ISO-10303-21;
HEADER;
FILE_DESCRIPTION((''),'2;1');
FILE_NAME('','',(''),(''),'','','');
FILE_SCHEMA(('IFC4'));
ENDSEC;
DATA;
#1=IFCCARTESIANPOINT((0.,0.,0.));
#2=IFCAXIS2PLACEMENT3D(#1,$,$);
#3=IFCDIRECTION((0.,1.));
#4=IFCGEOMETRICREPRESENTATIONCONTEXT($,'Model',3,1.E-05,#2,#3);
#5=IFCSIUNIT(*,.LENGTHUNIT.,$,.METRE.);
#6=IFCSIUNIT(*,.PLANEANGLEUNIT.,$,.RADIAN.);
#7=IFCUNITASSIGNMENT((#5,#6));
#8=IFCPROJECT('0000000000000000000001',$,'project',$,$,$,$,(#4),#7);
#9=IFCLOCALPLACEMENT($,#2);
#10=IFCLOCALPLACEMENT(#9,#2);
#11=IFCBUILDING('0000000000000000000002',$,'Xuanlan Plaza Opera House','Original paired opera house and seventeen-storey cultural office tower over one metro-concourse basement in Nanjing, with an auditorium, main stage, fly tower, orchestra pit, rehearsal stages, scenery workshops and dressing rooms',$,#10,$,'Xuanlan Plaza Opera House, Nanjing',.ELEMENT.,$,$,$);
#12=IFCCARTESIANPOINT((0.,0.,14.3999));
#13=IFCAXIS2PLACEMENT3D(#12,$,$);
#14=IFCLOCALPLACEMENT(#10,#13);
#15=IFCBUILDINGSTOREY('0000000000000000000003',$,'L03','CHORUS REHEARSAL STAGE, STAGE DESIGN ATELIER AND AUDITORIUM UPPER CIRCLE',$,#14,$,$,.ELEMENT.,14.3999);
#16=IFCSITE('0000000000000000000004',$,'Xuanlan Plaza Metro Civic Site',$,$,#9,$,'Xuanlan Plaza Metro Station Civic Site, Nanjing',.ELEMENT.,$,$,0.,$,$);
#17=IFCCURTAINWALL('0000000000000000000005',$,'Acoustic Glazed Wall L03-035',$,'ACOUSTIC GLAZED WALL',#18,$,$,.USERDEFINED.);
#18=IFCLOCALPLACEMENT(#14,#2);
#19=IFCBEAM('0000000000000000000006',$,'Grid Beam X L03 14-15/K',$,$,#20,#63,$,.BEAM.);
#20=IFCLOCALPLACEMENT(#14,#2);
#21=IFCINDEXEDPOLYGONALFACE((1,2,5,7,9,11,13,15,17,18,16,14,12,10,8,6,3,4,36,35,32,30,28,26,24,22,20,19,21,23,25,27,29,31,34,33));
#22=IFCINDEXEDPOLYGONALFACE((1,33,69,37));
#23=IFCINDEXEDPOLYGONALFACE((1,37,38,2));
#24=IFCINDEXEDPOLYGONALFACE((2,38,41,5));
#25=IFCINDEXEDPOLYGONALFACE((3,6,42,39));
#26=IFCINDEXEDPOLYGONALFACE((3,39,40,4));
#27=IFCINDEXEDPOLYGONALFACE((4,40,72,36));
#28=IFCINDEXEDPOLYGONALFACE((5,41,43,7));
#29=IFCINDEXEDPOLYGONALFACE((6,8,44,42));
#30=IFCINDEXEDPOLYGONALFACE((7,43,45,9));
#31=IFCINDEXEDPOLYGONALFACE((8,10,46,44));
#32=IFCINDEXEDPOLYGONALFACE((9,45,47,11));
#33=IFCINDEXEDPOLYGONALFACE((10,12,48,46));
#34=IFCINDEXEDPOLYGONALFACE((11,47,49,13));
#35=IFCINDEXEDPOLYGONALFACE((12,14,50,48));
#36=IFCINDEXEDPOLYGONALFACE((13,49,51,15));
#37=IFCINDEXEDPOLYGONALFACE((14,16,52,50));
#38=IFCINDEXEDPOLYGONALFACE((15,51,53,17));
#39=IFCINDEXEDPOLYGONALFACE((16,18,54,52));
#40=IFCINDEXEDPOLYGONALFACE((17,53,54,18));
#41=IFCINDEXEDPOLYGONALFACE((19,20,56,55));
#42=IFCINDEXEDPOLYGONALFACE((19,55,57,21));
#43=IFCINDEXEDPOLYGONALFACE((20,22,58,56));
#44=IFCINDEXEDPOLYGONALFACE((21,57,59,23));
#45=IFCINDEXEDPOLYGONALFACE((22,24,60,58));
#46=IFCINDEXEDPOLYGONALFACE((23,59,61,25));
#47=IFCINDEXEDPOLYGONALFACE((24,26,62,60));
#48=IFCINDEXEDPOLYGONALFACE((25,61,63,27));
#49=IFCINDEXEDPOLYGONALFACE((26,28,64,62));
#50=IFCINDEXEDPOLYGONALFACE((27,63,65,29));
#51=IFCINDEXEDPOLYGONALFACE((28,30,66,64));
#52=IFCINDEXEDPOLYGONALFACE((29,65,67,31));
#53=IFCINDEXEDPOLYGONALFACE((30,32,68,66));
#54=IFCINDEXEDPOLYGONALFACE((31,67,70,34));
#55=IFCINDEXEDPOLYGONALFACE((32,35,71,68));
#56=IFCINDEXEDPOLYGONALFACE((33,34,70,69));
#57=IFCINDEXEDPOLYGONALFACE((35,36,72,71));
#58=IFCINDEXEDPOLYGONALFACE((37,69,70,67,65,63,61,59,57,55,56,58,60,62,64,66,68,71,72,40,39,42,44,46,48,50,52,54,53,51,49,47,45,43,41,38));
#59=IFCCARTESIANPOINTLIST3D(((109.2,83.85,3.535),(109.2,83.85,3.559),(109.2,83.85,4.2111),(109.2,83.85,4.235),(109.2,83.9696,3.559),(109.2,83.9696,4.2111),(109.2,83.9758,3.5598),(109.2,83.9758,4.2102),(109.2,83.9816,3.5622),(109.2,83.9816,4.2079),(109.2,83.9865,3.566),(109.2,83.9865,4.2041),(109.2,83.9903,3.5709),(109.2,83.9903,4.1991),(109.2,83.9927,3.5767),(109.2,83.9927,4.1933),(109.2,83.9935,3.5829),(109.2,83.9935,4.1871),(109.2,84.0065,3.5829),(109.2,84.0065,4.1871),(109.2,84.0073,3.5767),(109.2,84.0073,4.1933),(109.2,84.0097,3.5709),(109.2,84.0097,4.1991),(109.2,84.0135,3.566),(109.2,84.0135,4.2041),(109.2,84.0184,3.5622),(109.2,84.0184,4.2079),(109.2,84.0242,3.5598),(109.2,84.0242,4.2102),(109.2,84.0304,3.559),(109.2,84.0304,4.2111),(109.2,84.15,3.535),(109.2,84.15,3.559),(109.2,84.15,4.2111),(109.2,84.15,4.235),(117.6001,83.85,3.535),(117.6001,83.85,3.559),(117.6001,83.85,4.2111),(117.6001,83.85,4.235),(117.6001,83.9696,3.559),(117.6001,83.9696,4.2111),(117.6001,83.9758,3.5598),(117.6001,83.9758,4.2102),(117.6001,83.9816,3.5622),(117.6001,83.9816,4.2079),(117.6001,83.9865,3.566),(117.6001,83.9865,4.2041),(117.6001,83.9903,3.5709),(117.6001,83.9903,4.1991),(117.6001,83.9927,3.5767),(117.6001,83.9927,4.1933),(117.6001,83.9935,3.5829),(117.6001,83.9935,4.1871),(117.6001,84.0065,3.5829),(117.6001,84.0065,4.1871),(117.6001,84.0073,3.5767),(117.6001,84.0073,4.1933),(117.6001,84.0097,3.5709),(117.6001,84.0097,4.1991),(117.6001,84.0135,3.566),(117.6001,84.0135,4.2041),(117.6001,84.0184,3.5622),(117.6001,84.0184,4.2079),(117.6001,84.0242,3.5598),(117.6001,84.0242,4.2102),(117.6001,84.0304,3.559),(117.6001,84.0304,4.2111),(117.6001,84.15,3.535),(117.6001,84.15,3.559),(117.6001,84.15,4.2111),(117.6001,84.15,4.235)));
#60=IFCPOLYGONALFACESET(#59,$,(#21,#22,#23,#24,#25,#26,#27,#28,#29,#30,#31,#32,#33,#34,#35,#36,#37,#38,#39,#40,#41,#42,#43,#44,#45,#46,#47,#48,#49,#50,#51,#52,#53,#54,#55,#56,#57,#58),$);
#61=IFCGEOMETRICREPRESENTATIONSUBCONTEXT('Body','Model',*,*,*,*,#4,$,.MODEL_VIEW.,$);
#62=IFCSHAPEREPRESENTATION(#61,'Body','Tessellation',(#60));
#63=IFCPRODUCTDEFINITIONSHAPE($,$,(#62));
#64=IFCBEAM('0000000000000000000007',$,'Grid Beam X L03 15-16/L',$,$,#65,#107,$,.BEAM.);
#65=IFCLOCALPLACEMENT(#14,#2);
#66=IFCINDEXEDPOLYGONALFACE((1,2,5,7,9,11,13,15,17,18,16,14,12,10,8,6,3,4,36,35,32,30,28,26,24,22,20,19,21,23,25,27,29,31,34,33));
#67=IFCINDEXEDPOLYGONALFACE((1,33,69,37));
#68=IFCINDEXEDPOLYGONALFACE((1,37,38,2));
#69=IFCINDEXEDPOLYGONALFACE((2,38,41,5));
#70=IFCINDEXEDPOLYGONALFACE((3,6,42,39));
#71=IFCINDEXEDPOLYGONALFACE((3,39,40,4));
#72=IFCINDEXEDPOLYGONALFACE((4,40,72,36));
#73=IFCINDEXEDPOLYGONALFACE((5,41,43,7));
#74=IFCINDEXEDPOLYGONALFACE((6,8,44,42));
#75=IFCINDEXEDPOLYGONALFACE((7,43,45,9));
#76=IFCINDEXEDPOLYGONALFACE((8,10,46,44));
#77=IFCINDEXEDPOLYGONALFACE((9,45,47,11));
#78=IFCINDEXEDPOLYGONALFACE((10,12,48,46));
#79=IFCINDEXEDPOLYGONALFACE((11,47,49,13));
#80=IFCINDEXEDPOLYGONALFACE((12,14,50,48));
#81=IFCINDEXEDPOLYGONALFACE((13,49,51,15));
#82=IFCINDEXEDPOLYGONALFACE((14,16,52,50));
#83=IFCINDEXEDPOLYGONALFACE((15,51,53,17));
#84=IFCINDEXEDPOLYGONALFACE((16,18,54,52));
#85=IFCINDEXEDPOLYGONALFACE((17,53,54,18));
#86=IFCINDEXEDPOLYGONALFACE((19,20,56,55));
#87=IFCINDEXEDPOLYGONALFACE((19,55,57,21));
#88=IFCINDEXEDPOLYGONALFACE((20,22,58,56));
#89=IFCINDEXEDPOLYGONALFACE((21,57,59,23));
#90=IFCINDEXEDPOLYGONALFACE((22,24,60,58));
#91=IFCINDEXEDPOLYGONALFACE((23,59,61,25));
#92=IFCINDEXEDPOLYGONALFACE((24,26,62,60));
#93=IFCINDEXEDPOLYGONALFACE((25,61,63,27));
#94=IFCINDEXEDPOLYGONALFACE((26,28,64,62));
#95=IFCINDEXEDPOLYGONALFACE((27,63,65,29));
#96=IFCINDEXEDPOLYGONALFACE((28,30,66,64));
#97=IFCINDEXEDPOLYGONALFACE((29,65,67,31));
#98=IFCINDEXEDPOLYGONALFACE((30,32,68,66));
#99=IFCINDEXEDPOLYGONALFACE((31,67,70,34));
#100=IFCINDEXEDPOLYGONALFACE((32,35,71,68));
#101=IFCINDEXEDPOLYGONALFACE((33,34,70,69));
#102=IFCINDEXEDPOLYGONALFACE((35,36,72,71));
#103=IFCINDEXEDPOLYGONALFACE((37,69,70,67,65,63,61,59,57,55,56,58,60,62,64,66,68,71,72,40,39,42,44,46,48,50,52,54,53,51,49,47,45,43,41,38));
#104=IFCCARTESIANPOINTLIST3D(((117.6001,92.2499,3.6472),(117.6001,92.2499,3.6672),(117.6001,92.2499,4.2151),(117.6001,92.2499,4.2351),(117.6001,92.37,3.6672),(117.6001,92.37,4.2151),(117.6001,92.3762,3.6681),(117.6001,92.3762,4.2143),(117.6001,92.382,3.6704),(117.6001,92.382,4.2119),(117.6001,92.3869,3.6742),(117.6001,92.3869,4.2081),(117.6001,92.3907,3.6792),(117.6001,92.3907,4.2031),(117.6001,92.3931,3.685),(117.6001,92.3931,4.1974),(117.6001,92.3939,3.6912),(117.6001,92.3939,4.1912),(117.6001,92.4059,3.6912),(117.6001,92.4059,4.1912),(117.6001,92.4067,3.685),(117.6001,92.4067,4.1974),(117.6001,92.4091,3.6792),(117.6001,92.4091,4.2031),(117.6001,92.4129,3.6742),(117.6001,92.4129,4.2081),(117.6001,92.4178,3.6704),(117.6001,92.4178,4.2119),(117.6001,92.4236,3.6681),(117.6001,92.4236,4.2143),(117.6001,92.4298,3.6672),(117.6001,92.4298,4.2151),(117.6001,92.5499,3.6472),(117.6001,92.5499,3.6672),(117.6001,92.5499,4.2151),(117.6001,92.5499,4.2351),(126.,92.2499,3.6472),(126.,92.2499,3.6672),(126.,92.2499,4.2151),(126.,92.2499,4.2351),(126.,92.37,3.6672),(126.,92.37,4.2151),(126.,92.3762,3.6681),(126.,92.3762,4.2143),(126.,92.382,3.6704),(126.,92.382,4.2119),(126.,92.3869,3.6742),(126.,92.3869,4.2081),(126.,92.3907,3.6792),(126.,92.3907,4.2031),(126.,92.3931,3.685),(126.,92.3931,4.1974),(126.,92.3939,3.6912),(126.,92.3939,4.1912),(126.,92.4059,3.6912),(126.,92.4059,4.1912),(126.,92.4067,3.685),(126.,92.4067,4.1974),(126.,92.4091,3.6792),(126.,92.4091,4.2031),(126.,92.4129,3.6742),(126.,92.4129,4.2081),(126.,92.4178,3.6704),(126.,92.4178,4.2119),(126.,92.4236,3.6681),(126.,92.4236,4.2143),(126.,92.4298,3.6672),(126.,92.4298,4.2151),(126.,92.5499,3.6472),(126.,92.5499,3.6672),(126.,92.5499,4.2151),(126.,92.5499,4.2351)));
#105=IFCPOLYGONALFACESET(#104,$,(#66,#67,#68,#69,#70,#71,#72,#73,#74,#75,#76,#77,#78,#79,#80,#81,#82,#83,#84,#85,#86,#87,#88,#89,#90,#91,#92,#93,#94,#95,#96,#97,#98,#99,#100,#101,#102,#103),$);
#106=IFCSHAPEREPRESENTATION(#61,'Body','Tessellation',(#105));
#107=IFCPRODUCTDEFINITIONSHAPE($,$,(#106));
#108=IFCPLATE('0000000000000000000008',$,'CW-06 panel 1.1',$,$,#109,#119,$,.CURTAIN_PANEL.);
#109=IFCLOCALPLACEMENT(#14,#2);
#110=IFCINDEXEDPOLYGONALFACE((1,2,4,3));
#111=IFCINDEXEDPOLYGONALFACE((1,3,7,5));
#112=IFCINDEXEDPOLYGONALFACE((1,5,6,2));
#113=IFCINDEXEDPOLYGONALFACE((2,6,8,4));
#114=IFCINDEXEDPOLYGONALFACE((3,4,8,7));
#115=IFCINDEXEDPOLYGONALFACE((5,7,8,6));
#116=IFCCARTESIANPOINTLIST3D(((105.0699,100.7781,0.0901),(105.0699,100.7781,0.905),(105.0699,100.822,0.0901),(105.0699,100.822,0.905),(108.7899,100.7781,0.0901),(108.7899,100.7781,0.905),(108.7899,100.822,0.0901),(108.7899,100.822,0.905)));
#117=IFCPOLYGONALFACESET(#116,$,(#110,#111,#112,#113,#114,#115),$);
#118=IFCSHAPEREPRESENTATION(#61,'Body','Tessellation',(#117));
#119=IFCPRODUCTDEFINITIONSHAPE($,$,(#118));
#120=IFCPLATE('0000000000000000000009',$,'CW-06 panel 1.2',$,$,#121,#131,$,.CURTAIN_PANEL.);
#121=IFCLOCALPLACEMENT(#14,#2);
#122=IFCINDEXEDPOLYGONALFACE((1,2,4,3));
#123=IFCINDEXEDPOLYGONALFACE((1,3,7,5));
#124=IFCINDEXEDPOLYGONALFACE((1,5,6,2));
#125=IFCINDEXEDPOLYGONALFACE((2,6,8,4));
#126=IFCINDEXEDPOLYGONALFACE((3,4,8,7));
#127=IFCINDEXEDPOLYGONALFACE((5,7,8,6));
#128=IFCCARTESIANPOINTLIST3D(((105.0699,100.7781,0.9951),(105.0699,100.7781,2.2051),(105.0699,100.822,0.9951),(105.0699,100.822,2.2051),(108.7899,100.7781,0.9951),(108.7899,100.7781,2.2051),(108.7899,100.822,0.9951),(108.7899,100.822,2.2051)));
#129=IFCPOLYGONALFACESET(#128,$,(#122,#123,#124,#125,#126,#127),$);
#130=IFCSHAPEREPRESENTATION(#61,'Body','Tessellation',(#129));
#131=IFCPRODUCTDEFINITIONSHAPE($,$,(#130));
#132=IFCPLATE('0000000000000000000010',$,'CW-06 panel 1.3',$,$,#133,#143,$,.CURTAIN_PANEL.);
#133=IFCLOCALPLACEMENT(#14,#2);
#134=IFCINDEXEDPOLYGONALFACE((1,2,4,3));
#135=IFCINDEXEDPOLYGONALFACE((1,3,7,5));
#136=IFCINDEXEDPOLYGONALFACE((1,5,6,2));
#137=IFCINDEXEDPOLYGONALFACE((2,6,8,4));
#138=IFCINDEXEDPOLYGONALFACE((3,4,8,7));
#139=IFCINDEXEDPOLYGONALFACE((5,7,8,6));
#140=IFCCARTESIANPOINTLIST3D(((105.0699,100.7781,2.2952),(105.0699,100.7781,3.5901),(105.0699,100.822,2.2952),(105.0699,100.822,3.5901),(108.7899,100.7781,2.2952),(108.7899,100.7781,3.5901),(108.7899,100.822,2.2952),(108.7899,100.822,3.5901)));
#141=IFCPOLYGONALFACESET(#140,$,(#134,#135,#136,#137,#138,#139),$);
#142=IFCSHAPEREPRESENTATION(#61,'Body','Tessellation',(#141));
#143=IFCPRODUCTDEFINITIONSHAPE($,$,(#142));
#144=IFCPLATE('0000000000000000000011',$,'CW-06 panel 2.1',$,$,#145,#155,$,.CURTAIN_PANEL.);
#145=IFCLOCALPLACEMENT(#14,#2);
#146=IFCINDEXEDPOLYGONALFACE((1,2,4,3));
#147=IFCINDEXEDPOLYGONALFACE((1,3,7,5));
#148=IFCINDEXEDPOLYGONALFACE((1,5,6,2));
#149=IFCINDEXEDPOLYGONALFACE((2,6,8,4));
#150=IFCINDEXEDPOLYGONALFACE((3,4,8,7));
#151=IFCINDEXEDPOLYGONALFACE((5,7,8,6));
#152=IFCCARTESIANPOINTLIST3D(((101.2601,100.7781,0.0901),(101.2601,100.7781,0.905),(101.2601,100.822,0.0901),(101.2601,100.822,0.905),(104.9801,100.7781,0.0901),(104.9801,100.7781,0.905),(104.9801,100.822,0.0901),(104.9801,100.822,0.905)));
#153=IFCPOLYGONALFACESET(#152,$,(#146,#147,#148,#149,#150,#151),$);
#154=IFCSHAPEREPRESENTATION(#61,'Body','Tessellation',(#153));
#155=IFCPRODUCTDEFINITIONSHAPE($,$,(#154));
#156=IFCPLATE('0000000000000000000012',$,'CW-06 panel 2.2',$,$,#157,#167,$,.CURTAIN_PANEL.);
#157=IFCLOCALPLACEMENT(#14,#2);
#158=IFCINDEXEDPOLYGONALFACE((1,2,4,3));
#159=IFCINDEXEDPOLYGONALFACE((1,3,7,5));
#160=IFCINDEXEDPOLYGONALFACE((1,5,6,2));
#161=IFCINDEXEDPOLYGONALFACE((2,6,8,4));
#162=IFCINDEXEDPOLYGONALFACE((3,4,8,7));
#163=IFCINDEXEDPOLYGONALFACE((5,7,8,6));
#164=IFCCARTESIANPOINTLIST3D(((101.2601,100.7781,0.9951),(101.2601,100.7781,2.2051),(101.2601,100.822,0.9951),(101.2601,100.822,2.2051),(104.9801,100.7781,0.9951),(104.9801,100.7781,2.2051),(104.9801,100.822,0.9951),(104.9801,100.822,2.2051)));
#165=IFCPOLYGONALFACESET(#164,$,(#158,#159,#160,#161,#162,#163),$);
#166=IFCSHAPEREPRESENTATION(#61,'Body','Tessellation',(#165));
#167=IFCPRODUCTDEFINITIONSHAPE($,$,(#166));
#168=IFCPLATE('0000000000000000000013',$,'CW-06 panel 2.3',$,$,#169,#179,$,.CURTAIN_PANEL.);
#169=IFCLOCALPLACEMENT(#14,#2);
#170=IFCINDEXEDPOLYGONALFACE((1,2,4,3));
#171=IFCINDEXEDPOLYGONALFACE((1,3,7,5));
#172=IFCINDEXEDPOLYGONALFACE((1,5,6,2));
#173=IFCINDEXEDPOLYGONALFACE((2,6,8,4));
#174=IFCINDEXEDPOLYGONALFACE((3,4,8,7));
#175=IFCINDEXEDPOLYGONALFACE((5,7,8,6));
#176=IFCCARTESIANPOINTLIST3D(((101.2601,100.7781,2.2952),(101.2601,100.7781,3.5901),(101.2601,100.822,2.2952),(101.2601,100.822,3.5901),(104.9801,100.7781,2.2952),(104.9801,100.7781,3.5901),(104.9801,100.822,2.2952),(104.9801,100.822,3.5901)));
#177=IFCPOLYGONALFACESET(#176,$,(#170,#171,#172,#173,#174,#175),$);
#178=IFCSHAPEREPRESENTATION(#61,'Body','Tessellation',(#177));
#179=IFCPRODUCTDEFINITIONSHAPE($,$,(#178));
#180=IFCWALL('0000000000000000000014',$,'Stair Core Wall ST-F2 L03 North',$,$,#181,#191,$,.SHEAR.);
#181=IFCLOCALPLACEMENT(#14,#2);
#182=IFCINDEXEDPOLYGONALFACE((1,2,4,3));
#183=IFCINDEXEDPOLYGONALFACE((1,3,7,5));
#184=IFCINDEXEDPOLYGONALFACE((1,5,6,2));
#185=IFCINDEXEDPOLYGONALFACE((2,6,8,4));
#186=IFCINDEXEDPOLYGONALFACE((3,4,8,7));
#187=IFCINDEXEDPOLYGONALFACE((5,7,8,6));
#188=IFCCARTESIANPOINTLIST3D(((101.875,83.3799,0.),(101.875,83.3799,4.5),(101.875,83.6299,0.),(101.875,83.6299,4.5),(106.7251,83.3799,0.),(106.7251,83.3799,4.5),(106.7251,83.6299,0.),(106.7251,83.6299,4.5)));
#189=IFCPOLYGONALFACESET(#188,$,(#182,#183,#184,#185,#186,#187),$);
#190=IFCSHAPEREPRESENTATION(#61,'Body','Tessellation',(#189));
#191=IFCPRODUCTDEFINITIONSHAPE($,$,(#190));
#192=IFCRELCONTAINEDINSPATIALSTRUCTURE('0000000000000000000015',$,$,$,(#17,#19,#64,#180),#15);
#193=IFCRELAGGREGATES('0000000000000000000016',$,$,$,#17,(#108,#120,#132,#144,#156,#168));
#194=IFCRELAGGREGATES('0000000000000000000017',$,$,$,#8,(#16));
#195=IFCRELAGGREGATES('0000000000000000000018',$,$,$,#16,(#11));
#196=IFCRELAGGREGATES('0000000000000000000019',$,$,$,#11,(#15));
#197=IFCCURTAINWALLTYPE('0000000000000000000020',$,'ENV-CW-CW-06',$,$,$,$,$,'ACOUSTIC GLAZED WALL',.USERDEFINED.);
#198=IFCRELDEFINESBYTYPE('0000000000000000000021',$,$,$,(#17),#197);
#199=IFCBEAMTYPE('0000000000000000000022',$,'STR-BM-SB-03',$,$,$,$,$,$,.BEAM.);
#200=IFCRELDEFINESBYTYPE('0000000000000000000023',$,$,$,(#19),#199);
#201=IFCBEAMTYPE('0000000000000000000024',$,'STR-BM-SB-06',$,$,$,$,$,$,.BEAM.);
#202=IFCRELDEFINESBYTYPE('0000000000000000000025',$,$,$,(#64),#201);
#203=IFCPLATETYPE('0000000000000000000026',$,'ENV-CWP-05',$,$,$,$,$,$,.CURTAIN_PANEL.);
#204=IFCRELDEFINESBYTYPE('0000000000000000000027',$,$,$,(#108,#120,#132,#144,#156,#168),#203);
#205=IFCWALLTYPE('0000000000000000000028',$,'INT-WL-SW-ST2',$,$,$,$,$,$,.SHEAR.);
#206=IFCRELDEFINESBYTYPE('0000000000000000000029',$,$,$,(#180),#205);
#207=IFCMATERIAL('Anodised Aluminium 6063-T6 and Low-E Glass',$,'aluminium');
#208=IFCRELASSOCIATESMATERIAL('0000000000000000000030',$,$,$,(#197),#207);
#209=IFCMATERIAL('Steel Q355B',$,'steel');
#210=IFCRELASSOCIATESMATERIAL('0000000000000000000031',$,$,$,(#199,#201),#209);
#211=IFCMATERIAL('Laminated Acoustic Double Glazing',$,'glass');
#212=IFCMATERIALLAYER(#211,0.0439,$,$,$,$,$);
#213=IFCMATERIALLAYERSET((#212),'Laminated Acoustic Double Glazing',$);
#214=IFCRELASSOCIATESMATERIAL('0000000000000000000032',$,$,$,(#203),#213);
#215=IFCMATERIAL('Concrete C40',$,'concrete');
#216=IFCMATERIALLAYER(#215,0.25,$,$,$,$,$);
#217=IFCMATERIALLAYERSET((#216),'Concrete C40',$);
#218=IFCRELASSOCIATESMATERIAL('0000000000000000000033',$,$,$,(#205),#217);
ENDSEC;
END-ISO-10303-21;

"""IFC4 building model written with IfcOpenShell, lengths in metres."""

from ifc_helpers import new_model, si_unit, direction, frame, frame_2d, origin, origin_2d, place, context, subcontext, project, spatial, rectangle, i_section, extrude, material, layer, layer_set, material_profile, profile_set, type_object, element, aggregate, save


model = new_model("IFC4")

# Units and contexts
model_context = context("Model", 3, precision=1e-05, world=origin(), true_north=direction((0.0, 1.0)))
body_context = subcontext(model_context, "Body", "Model", "MODEL_VIEW")
ifc_project = project(units=[si_unit("LENGTHUNIT", "METRE"), si_unit("PLANEANGLEUNIT", "RADIAN")], contexts=[model_context])

# Site, building, storey
site_placement = place(None, origin())
site = spatial("IfcSite", under=ifc_project, at=site_placement, Name="Xuanlan Plaza Metro Civic Site", LongName="Xuanlan Plaza Metro Station Civic Site, Nanjing", CompositionType="ELEMENT", RefElevation=0.0)
building_placement = place(site_placement, origin())
building = spatial("IfcBuilding", under=site, at=building_placement, Name="Xuanlan Plaza Opera House", Description="Original paired opera house and seventeen-storey cultural office tower over one metro-concourse basement in Nanjing, with an auditorium, main stage, fly tower, orchestra pit, rehearsal stages, scenery workshops and dressing rooms", LongName="Xuanlan Plaza Opera House, Nanjing", CompositionType="ELEMENT")
storey_placement = place(building_placement, frame((0.0, 0.0, 14.3999)))
storey = spatial("IfcBuildingStorey", under=building, at=storey_placement, Name="L03", Description="CHORUS REHEARSAL STAGE, STAGE DESIGN ATELIER AND AUDITORIUM UPPER CIRCLE", CompositionType="ELEMENT", Elevation=14.3999)

# Shared definitions
ifc_material_1 = material(Name="Concrete C40", Category="concrete")
ifc_material_2 = material(Name="Steel Q355B", Category="steel")

# Curtain wall
ifc_material_3 = material(Name="Anodised Aluminium 6063-T6 and Low-E Glass", Category="aluminium")
curtain_wall_type = type_object("IfcCurtainWallType", Name="ENV-CW-CW-06", ElementType="ACOUSTIC GLAZED WALL", PredefinedType="USERDEFINED", material=ifc_material_3)
curtain_wall_placement = place(storey_placement, origin())
curtain_wall = element("IfcCurtainWall", 1, at=curtain_wall_placement, inside=storey, type_object=curtain_wall_type, Name="Acoustic Glazed Wall L03-035", ObjectType="ACOUSTIC GLAZED WALL", PredefinedType="USERDEFINED")

# Beams
ifc_material_profile_1 = material_profile(ifc_material_2, i_section(OverallWidth=0.3, OverallDepth=0.7, WebThickness=0.0129, FlangeThickness=0.0239, FilletRadius=0.0239, at=origin_2d()), Name="HN 700x300x13x24")
ifc_profile_set_1 = profile_set([ifc_material_profile_1], Name="Steel Q355B")
beam_type_1 = type_object("IfcBeamType", Name="STR-BM-SB-03", PredefinedType="BEAM", material=ifc_profile_set_1)
beam_1_placement = place(storey_placement, frame((109.2, 84.0, 3.885), z_axis=(1.0, 0.0, 0.0), x_axis=(0.0, 1.0, 0.0)))
element("IfcBeam", 2, at=beam_1_placement, inside=storey, type_object=beam_type_1, Name="Grid Beam X L03 14-15/K", PredefinedType="BEAM", context=body_context, shape_type="SweptSolid", body=[
    extrude(i_section(OverallWidth=0.3, OverallDepth=0.7, WebThickness=0.0129, FlangeThickness=0.0239, FilletRadius=0.0239, at=origin_2d()), origin(), (0.0, 0.0, 1.0), 8.4001),
])
ifc_material_profile_2 = material_profile(ifc_material_2, i_section(OverallWidth=0.3, OverallDepth=0.5879, WebThickness=0.012, FlangeThickness=0.02, FilletRadius=0.0239, at=origin_2d()), Name="HM 588x300x12x20")
ifc_profile_set_2 = profile_set([ifc_material_profile_2], Name="Steel Q355B")
beam_type_2 = type_object("IfcBeamType", Name="STR-BM-SB-06", PredefinedType="BEAM", material=ifc_profile_set_2)
beam_2_placement = place(storey_placement, frame((117.6001, 92.3999, 3.9412), z_axis=(1.0, 0.0, 0.0), x_axis=(0.0, 1.0, 0.0)))
element("IfcBeam", 3, at=beam_2_placement, inside=storey, type_object=beam_type_2, Name="Grid Beam X L03 15-16/L", PredefinedType="BEAM", context=body_context, shape_type="SweptSolid", body=[
    extrude(i_section(OverallWidth=0.3, OverallDepth=0.5879, WebThickness=0.012, FlangeThickness=0.02, FilletRadius=0.0239, at=origin_2d()), origin(), (0.0, 0.0, 1.0), 8.3999),
])

# Plates
ifc_material_4 = material(Name="Laminated Acoustic Double Glazing", Category="glass")
ifc_layer_1 = layer(ifc_material_4, 0.0439)
ifc_layer_set_1 = layer_set([ifc_layer_1], Name="Laminated Acoustic Double Glazing")
plate_type = type_object("IfcPlateType", Name="ENV-CWP-05", PredefinedType="CURTAIN_PANEL", material=ifc_layer_set_1)
plate_1_placement = place(storey_placement, frame((106.9299, 100.8, 0.0901), z_axis=(0.0, 0.0, 1.0), x_axis=(-1.0, 0.0, 0.0)))
plate_1 = element("IfcPlate", 4, at=plate_1_placement, type_object=plate_type, Name="CW-06 panel 1.1", PredefinedType="CURTAIN_PANEL", context=body_context, shape_type="SweptSolid", body=[
    extrude(rectangle(XDim=3.72, YDim=0.0439, at=origin_2d()), origin(), (0.0, 0.0, 1.0), 0.8149),
])
plate_2_placement = place(storey_placement, frame((106.9299, 100.8, 0.9951), z_axis=(0.0, 0.0, 1.0), x_axis=(-1.0, 0.0, 0.0)))
plate_2 = element("IfcPlate", 5, at=plate_2_placement, type_object=plate_type, Name="CW-06 panel 1.2", PredefinedType="CURTAIN_PANEL", context=body_context, shape_type="SweptSolid", body=[
    extrude(rectangle(XDim=3.72, YDim=0.0439, at=origin_2d()), origin(), (0.0, 0.0, 1.0), 1.21),
])
plate_3_placement = place(storey_placement, frame((106.9299, 100.8, 2.2952), z_axis=(0.0, 0.0, 1.0), x_axis=(-1.0, 0.0, 0.0)))
plate_3 = element("IfcPlate", 6, at=plate_3_placement, type_object=plate_type, Name="CW-06 panel 1.3", PredefinedType="CURTAIN_PANEL", context=body_context, shape_type="SweptSolid", body=[
    extrude(rectangle(XDim=3.72, YDim=0.0439, at=origin_2d()), origin(), (0.0, 0.0, 1.0), 1.2949),
])
plate_4_placement = place(storey_placement, frame((103.1201, 100.8, 0.0901), z_axis=(0.0, 0.0, 1.0), x_axis=(-1.0, 0.0, 0.0)))
plate_4 = element("IfcPlate", 7, at=plate_4_placement, type_object=plate_type, Name="CW-06 panel 2.1", PredefinedType="CURTAIN_PANEL", context=body_context, shape_type="SweptSolid", body=[
    extrude(rectangle(XDim=3.72, YDim=0.0439, at=origin_2d()), origin(), (0.0, 0.0, 1.0), 0.8149),
])
plate_5_placement = place(storey_placement, frame((103.1201, 100.8, 0.9951), z_axis=(0.0, 0.0, 1.0), x_axis=(-1.0, 0.0, 0.0)))
plate_5 = element("IfcPlate", 8, at=plate_5_placement, type_object=plate_type, Name="CW-06 panel 2.2", PredefinedType="CURTAIN_PANEL", context=body_context, shape_type="SweptSolid", body=[
    extrude(rectangle(XDim=3.72, YDim=0.0439, at=origin_2d()), origin(), (0.0, 0.0, 1.0), 1.21),
])
plate_6_placement = place(storey_placement, frame((103.1201, 100.8, 2.2952), z_axis=(0.0, 0.0, 1.0), x_axis=(-1.0, 0.0, 0.0)))
plate_6 = element("IfcPlate", 9, at=plate_6_placement, type_object=plate_type, Name="CW-06 panel 2.3", PredefinedType="CURTAIN_PANEL", context=body_context, shape_type="SweptSolid", body=[
    extrude(rectangle(XDim=3.72, YDim=0.0439, at=origin_2d()), origin(), (0.0, 0.0, 1.0), 1.2949),
])
aggregate(curtain_wall, [plate_1, plate_2, plate_3, plate_4, plate_5, plate_6])

# Wall
ifc_layer_2 = layer(ifc_material_1, 0.25)
ifc_layer_set_2 = layer_set([ifc_layer_2], Name="Concrete C40")
wall_type = type_object("IfcWallType", Name="INT-WL-SW-ST2", PredefinedType="SHEAR", material=ifc_layer_set_2)
wall_placement = place(storey_placement, frame((101.875, 83.5049, 0.0), z_axis=(0.0, 0.0, 1.0), x_axis=(1.0, 0.0, 0.0)))
element("IfcWall", 10, at=wall_placement, inside=storey, type_object=wall_type, Name="Stair Core Wall ST-F2 L03 North", PredefinedType="SHEAR", context=body_context, shape_type="SweptSolid", body=[
    extrude(rectangle(XDim=4.8501, YDim=0.25, at=frame_2d((2.425, 0.0))), origin(), (0.0, 0.0, 1.0), 4.5),
])

save(model, "model.ifc")
